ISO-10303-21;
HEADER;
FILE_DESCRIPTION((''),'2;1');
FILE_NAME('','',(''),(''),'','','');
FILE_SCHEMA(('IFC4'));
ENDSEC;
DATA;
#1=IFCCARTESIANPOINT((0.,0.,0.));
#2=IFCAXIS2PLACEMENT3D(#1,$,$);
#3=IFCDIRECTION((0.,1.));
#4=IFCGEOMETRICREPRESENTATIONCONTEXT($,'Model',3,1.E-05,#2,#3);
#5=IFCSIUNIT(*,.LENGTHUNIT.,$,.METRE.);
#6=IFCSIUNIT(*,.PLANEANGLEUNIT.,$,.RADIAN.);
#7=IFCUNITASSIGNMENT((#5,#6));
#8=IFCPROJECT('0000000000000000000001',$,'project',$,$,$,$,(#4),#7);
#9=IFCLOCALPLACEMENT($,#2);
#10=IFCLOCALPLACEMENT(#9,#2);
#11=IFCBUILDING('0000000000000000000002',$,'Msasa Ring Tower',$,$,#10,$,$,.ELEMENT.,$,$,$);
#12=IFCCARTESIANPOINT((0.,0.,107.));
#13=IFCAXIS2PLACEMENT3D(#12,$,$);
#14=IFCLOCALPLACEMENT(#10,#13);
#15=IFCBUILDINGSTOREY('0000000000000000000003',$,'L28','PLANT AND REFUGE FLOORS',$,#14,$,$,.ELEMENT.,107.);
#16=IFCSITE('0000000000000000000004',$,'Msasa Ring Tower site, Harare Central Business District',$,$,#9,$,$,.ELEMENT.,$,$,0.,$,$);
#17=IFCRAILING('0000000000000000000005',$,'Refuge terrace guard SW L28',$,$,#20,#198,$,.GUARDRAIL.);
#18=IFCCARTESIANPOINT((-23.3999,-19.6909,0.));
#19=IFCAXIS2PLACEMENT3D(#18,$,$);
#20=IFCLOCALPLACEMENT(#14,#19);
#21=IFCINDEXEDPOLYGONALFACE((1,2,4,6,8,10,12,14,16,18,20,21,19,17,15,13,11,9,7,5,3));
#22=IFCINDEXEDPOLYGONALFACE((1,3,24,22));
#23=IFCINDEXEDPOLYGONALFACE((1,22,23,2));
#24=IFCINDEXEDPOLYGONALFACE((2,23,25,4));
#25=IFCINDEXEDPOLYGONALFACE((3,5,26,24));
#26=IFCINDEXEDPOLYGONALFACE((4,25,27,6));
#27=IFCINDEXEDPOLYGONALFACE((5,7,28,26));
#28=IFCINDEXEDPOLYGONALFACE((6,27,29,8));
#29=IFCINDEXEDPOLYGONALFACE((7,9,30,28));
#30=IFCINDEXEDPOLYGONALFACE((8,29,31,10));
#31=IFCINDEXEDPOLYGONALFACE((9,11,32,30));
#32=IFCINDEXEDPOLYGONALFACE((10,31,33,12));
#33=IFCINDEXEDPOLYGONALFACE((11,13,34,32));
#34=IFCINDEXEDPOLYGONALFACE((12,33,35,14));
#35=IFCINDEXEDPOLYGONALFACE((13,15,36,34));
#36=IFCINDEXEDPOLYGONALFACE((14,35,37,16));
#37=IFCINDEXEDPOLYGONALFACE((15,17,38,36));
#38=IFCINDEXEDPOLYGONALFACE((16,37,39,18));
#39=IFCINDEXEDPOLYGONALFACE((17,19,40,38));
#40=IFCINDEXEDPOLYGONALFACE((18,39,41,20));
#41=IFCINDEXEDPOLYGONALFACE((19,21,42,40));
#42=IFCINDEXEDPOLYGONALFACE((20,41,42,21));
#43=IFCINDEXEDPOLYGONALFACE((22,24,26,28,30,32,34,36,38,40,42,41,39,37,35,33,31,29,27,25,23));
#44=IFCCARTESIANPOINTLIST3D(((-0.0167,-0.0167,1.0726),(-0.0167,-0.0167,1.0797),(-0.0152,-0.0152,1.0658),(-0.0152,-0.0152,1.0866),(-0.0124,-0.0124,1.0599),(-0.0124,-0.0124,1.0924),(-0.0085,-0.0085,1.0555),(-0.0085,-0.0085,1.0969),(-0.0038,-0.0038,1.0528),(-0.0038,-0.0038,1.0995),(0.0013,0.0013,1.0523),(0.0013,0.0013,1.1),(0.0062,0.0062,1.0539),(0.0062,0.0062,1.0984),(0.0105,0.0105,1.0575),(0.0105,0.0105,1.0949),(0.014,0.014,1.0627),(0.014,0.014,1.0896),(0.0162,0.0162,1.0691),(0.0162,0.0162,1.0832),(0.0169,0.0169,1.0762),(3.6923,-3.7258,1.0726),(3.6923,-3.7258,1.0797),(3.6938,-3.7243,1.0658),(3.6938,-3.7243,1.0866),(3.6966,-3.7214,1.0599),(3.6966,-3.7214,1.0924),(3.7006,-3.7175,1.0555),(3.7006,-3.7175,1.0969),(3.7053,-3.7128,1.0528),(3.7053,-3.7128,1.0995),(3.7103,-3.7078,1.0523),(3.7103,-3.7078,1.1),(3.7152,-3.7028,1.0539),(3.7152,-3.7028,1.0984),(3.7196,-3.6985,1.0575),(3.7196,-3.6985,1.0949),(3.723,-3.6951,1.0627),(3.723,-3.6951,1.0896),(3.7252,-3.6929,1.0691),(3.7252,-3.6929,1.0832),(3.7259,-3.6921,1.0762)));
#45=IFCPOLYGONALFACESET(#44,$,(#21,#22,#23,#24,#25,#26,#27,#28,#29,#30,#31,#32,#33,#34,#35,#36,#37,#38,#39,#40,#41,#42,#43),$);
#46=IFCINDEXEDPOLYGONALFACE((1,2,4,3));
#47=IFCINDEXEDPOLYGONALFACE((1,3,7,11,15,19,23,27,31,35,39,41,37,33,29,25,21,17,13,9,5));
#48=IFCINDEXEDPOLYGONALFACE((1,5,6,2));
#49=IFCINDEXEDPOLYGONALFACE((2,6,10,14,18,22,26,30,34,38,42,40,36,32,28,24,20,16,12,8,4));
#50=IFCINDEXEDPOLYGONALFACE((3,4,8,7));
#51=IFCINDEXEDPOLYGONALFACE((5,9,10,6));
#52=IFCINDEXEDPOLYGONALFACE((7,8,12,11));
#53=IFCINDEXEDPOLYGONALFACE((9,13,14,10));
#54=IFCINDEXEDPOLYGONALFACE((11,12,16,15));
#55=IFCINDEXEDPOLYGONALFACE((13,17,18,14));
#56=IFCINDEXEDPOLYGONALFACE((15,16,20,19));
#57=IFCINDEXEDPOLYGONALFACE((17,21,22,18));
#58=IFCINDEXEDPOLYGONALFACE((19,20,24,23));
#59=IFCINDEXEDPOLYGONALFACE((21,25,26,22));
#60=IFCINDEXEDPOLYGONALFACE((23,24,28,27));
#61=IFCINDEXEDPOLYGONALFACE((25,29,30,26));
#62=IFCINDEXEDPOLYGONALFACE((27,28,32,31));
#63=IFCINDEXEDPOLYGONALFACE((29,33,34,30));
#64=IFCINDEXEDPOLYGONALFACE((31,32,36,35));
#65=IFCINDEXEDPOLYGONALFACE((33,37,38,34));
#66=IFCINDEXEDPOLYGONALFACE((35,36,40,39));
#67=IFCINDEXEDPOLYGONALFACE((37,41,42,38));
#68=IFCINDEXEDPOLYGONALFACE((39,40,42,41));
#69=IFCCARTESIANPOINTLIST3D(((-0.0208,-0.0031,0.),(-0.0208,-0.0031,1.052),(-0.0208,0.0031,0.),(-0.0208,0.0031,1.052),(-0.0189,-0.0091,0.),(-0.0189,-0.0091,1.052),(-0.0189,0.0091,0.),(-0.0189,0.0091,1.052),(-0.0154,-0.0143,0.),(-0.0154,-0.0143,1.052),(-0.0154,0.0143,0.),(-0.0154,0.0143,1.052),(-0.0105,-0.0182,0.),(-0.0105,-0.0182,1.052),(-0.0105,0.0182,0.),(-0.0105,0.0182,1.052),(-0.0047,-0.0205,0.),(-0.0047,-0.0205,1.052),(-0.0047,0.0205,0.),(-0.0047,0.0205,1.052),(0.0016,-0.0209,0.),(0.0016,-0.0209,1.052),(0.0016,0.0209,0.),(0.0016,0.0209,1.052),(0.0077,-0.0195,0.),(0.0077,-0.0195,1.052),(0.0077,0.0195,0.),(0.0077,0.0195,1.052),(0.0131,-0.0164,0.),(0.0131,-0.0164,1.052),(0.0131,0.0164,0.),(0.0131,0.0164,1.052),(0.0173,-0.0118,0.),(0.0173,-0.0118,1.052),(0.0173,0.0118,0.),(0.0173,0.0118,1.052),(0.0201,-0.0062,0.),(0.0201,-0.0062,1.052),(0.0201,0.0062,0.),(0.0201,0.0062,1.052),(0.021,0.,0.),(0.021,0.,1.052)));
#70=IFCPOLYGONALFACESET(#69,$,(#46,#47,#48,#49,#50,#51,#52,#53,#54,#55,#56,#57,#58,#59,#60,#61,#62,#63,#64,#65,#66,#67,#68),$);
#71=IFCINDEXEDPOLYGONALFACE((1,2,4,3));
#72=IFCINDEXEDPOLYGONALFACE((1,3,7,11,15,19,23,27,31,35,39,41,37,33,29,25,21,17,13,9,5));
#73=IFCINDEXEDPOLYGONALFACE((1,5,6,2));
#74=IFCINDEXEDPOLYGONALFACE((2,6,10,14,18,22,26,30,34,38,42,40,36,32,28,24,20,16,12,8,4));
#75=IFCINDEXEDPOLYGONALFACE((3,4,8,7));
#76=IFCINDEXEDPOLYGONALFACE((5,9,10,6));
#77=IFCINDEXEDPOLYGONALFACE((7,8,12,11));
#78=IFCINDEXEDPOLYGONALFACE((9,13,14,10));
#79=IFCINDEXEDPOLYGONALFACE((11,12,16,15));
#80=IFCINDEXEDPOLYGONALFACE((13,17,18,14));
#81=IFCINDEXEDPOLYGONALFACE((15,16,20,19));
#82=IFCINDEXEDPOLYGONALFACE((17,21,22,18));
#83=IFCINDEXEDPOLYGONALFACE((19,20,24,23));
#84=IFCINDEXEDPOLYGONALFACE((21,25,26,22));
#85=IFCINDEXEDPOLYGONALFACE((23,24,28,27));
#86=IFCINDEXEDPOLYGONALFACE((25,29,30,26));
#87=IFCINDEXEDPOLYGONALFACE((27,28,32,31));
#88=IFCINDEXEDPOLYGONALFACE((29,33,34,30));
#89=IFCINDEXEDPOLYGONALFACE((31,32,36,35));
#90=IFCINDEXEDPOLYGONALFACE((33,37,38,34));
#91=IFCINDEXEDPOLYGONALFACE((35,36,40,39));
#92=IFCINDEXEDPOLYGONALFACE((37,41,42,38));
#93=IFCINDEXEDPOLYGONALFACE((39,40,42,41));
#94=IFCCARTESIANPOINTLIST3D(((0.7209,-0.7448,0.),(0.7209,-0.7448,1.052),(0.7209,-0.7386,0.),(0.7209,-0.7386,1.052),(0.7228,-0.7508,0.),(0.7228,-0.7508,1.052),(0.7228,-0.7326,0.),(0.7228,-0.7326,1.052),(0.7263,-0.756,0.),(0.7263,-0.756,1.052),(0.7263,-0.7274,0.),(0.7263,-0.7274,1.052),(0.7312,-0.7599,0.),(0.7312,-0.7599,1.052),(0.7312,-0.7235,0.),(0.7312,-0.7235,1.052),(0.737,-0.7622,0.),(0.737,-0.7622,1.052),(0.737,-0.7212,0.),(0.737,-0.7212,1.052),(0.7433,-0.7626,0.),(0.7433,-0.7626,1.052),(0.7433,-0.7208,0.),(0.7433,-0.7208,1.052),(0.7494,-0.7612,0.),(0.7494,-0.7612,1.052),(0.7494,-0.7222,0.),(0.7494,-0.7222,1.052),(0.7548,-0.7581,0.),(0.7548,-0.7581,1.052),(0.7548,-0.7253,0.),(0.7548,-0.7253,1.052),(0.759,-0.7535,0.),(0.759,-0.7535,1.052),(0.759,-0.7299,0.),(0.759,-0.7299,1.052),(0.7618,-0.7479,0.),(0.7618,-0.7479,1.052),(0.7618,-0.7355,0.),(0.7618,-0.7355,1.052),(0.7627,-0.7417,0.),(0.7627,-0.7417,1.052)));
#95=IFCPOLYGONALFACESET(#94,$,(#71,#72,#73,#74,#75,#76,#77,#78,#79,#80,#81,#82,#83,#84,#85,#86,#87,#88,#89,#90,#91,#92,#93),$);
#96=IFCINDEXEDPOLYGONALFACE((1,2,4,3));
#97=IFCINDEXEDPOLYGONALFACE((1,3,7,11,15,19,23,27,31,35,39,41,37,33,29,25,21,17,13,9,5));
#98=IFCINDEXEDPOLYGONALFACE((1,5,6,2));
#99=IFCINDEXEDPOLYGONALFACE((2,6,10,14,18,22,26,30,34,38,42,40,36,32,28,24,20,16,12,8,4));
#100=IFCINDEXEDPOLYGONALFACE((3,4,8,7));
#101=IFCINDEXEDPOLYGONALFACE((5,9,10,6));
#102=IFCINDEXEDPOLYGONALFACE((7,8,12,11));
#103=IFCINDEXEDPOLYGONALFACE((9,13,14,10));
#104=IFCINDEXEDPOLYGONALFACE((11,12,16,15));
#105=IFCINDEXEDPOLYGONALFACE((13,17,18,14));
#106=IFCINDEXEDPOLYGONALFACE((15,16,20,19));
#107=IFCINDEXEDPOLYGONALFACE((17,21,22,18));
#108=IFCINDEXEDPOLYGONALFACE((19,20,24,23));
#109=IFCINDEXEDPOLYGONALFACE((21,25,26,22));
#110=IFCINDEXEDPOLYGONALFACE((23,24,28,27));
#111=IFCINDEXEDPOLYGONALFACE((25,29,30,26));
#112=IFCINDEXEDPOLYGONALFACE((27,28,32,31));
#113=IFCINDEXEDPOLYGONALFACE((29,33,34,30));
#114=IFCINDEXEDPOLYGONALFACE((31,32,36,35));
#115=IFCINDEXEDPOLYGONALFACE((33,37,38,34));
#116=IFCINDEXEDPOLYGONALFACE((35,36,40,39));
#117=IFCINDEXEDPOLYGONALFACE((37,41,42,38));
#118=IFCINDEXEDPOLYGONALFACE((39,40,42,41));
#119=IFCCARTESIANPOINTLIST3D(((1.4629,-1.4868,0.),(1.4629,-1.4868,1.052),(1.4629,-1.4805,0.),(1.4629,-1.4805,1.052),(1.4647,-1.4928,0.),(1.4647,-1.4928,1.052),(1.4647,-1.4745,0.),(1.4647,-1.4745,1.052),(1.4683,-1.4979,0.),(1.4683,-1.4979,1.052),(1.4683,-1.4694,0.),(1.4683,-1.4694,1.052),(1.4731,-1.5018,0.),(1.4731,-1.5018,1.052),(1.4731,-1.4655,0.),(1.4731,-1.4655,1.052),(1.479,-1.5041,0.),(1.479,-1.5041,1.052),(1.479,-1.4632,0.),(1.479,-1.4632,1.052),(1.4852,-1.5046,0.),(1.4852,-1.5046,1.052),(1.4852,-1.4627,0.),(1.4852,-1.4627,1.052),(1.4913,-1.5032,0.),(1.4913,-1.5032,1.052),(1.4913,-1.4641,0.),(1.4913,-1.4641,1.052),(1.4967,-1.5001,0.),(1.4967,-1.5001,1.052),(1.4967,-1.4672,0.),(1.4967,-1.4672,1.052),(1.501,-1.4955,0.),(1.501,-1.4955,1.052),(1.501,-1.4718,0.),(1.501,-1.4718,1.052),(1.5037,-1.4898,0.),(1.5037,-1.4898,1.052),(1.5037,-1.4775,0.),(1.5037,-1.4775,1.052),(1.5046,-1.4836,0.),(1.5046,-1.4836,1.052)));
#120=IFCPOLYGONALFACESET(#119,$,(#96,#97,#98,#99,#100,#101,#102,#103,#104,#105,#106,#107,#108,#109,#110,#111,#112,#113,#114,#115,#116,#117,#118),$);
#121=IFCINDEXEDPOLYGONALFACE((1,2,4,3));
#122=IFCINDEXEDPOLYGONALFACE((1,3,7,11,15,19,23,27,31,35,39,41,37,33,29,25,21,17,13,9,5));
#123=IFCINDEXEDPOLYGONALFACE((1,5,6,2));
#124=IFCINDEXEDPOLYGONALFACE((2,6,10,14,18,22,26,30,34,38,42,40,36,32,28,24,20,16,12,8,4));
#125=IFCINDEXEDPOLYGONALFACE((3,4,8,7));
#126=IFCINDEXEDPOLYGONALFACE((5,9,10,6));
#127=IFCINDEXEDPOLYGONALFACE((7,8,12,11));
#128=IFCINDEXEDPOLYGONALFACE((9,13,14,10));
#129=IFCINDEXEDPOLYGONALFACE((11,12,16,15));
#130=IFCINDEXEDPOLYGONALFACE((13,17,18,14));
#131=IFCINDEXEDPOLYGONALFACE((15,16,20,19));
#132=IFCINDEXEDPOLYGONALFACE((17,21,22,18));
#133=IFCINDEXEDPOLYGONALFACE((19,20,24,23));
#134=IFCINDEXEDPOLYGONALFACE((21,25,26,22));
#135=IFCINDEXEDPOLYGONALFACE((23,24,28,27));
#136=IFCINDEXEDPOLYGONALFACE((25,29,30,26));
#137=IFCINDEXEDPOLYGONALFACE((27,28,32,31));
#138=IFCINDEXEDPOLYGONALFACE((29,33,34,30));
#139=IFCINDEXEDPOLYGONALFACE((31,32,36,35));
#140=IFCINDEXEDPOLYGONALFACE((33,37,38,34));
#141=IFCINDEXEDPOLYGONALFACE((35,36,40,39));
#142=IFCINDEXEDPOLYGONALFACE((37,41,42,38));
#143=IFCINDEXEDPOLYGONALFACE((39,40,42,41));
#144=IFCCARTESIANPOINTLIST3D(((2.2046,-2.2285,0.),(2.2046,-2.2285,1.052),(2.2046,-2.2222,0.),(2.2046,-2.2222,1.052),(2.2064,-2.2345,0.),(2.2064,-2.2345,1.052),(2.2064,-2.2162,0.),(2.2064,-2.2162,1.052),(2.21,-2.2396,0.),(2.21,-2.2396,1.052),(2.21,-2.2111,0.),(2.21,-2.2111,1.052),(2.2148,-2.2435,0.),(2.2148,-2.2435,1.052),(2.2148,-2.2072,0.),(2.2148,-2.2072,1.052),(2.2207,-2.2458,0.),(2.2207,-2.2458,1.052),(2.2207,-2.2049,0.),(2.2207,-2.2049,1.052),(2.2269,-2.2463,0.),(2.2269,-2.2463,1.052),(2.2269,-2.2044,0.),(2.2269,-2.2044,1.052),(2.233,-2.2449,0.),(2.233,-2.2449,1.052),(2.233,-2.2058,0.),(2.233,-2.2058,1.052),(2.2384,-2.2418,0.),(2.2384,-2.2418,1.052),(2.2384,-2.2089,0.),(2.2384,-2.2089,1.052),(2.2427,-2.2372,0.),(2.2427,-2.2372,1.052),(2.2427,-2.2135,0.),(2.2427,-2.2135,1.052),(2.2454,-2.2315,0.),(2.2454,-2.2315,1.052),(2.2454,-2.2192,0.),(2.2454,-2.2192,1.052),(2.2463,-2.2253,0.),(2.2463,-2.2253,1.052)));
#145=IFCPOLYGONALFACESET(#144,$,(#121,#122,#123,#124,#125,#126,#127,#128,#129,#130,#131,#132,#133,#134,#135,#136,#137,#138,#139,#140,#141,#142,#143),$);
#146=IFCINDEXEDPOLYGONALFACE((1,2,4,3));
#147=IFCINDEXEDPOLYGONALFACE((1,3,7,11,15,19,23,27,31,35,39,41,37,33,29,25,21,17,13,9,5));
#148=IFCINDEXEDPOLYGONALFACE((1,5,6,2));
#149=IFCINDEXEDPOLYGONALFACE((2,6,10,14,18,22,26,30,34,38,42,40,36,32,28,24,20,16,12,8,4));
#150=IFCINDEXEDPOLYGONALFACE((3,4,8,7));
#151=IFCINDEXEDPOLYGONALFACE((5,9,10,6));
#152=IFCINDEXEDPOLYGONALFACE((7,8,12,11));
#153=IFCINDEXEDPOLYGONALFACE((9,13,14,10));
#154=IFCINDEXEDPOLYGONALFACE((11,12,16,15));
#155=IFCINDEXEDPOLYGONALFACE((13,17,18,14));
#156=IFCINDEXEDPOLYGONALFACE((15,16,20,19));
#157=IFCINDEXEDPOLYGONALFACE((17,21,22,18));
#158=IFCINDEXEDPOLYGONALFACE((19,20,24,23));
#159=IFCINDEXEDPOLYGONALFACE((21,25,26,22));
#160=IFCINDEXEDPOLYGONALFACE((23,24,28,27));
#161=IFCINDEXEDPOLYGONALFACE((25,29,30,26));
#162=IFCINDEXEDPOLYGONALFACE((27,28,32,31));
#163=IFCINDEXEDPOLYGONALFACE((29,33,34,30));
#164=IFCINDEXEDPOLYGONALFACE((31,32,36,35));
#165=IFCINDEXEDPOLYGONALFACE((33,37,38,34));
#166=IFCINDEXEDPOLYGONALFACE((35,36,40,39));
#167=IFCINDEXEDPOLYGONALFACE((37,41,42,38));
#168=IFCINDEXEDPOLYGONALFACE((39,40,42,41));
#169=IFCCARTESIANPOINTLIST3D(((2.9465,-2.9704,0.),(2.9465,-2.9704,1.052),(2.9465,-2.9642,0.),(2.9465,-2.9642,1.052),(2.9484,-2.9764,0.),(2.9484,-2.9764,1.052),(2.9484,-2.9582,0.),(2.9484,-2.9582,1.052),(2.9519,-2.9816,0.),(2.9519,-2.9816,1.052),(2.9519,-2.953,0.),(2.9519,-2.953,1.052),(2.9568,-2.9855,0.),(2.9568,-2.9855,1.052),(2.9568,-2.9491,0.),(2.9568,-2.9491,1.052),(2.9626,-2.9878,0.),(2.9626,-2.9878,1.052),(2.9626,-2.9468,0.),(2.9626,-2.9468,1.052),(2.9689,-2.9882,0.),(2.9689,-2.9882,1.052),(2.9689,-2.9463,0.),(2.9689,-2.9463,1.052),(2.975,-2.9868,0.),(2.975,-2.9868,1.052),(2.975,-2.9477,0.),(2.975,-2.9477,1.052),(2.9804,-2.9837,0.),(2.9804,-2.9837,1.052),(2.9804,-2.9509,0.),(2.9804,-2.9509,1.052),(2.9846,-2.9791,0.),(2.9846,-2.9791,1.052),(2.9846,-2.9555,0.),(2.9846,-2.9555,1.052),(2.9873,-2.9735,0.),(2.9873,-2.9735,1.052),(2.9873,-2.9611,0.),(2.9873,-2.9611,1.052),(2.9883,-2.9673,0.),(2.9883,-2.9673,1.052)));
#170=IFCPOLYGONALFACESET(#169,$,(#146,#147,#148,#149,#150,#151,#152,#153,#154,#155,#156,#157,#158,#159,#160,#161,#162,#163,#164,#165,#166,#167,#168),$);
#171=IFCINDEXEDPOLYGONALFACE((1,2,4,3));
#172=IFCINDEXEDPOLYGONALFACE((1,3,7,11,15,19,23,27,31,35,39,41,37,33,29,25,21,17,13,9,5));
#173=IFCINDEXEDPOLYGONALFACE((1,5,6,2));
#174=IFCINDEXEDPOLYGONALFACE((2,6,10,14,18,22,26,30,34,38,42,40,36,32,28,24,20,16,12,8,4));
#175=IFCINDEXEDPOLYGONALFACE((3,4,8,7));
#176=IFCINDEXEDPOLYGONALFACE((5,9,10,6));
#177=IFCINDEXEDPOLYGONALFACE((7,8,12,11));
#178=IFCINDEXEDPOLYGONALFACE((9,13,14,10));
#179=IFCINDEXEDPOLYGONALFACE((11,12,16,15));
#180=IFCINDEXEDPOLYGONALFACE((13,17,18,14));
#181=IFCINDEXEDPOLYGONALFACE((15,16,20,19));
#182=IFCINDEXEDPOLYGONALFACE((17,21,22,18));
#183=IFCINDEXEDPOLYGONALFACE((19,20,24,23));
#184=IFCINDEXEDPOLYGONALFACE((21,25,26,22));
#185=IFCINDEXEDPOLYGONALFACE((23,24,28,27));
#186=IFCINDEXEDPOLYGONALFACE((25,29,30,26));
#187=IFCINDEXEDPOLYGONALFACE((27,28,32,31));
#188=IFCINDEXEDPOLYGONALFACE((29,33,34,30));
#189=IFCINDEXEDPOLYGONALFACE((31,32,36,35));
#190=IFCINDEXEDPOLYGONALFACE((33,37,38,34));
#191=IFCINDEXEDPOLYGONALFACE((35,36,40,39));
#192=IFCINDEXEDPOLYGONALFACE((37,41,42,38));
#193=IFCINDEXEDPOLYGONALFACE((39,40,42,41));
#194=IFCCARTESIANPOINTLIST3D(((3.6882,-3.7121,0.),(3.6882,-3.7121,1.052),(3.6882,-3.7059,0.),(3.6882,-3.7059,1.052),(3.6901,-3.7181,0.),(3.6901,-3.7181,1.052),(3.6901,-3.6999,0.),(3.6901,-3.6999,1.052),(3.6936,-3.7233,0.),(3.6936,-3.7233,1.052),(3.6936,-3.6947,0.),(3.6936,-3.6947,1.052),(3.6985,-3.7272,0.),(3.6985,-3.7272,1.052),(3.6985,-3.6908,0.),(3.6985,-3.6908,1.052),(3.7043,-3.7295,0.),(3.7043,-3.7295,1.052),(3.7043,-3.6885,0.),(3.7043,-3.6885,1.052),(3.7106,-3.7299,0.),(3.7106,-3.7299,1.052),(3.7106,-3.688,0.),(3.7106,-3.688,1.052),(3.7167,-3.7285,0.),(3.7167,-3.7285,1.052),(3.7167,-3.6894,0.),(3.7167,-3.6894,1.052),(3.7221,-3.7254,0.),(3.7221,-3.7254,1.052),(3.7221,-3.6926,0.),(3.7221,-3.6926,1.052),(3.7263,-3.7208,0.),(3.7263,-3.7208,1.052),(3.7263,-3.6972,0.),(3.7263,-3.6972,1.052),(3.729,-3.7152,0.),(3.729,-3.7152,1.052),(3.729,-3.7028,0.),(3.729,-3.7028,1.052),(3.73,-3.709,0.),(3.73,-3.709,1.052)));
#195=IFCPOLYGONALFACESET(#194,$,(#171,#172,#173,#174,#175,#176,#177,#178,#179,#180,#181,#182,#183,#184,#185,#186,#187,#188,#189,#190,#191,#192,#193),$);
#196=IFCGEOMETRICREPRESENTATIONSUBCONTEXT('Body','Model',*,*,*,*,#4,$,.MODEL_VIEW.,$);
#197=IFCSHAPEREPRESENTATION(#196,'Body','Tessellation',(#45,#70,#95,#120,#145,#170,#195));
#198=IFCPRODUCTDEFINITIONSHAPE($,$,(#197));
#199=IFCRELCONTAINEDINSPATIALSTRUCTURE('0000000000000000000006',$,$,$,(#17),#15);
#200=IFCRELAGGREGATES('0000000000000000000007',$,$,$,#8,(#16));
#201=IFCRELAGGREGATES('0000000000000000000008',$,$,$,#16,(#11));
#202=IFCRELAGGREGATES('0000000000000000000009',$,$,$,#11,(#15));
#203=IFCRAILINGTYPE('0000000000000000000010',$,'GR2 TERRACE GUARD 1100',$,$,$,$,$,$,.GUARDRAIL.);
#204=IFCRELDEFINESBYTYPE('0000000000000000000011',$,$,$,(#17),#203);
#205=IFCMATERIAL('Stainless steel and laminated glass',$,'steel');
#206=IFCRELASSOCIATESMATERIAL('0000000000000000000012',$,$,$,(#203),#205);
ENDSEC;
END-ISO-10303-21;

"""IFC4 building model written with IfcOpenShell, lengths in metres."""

from ifc_helpers import new_model, si_unit, direction, frame, origin, origin_2d, place, context, subcontext, project, spatial, circle, extrude, material, type_object, element, save


model = new_model("IFC4")

# Units and contexts
model_context = context("Model", 3, precision=1e-05, world=origin(), true_north=direction((0.0, 1.0)))
body_context = subcontext(model_context, "Body", "Model", "MODEL_VIEW")
ifc_project = project(units=[si_unit("LENGTHUNIT", "METRE"), si_unit("PLANEANGLEUNIT", "RADIAN")], contexts=[model_context])

# Site, building, storey
site_placement = place(None, origin())
site = spatial("IfcSite", under=ifc_project, at=site_placement, Name="Msasa Ring Tower site, Harare Central Business District", CompositionType="ELEMENT", RefElevation=0.0)
building_placement = place(site_placement, origin())
building = spatial("IfcBuilding", under=site, at=building_placement, Name="Msasa Ring Tower", CompositionType="ELEMENT")
storey_placement = place(building_placement, frame((0.0, 0.0, 107.0)))
storey = spatial("IfcBuildingStorey", under=building, at=storey_placement, Name="L28", Description="PLANT AND REFUGE FLOORS", CompositionType="ELEMENT", Elevation=107.0)

# Railing
ifc_material_1 = material(Name="Stainless steel and laminated glass", Category="steel")
railing_type = type_object("IfcRailingType", Name="GR2 TERRACE GUARD 1100", PredefinedType="GUARDRAIL", material=ifc_material_1)
railing_placement = place(storey_placement, frame((-23.3999, -19.6909, 0.0)))
element("IfcRailing", 1, at=railing_placement, inside=storey, type_object=railing_type, Name="Refuge terrace guard SW L28", PredefinedType="GUARDRAIL", context=body_context, shape_type="SweptSolid", body=[
    extrude(circle(Radius=0.0239, at=origin_2d()), frame((0.0, 0.0, 1.0762), z_axis=(0.707107, -0.707107, 0.0), x_axis=(0.707107, 0.707107, 0.0)), (0.0, 0.0, 1.0), 5.2454),
    extrude(circle(Radius=0.021, at=origin_2d()), origin(), (0.0, 0.0, 1.0), 1.052),
    extrude(circle(Radius=0.021, at=origin_2d()), frame((0.7417, -0.7417, 0.0)), (0.0, 0.0, 1.0), 1.052),
    extrude(circle(Radius=0.021, at=origin_2d()), frame((1.4836, -1.4836, 0.0)), (0.0, 0.0, 1.0), 1.052),
    extrude(circle(Radius=0.021, at=origin_2d()), frame((2.2253, -2.2253, 0.0)), (0.0, 0.0, 1.0), 1.052),
    extrude(circle(Radius=0.021, at=origin_2d()), frame((2.9673, -2.9673, 0.0)), (0.0, 0.0, 1.0), 1.052),
    extrude(circle(Radius=0.021, at=origin_2d()), frame((3.709, -3.709, 0.0)), (0.0, 0.0, 1.0), 1.052),
])

save(model, "model.ifc")
